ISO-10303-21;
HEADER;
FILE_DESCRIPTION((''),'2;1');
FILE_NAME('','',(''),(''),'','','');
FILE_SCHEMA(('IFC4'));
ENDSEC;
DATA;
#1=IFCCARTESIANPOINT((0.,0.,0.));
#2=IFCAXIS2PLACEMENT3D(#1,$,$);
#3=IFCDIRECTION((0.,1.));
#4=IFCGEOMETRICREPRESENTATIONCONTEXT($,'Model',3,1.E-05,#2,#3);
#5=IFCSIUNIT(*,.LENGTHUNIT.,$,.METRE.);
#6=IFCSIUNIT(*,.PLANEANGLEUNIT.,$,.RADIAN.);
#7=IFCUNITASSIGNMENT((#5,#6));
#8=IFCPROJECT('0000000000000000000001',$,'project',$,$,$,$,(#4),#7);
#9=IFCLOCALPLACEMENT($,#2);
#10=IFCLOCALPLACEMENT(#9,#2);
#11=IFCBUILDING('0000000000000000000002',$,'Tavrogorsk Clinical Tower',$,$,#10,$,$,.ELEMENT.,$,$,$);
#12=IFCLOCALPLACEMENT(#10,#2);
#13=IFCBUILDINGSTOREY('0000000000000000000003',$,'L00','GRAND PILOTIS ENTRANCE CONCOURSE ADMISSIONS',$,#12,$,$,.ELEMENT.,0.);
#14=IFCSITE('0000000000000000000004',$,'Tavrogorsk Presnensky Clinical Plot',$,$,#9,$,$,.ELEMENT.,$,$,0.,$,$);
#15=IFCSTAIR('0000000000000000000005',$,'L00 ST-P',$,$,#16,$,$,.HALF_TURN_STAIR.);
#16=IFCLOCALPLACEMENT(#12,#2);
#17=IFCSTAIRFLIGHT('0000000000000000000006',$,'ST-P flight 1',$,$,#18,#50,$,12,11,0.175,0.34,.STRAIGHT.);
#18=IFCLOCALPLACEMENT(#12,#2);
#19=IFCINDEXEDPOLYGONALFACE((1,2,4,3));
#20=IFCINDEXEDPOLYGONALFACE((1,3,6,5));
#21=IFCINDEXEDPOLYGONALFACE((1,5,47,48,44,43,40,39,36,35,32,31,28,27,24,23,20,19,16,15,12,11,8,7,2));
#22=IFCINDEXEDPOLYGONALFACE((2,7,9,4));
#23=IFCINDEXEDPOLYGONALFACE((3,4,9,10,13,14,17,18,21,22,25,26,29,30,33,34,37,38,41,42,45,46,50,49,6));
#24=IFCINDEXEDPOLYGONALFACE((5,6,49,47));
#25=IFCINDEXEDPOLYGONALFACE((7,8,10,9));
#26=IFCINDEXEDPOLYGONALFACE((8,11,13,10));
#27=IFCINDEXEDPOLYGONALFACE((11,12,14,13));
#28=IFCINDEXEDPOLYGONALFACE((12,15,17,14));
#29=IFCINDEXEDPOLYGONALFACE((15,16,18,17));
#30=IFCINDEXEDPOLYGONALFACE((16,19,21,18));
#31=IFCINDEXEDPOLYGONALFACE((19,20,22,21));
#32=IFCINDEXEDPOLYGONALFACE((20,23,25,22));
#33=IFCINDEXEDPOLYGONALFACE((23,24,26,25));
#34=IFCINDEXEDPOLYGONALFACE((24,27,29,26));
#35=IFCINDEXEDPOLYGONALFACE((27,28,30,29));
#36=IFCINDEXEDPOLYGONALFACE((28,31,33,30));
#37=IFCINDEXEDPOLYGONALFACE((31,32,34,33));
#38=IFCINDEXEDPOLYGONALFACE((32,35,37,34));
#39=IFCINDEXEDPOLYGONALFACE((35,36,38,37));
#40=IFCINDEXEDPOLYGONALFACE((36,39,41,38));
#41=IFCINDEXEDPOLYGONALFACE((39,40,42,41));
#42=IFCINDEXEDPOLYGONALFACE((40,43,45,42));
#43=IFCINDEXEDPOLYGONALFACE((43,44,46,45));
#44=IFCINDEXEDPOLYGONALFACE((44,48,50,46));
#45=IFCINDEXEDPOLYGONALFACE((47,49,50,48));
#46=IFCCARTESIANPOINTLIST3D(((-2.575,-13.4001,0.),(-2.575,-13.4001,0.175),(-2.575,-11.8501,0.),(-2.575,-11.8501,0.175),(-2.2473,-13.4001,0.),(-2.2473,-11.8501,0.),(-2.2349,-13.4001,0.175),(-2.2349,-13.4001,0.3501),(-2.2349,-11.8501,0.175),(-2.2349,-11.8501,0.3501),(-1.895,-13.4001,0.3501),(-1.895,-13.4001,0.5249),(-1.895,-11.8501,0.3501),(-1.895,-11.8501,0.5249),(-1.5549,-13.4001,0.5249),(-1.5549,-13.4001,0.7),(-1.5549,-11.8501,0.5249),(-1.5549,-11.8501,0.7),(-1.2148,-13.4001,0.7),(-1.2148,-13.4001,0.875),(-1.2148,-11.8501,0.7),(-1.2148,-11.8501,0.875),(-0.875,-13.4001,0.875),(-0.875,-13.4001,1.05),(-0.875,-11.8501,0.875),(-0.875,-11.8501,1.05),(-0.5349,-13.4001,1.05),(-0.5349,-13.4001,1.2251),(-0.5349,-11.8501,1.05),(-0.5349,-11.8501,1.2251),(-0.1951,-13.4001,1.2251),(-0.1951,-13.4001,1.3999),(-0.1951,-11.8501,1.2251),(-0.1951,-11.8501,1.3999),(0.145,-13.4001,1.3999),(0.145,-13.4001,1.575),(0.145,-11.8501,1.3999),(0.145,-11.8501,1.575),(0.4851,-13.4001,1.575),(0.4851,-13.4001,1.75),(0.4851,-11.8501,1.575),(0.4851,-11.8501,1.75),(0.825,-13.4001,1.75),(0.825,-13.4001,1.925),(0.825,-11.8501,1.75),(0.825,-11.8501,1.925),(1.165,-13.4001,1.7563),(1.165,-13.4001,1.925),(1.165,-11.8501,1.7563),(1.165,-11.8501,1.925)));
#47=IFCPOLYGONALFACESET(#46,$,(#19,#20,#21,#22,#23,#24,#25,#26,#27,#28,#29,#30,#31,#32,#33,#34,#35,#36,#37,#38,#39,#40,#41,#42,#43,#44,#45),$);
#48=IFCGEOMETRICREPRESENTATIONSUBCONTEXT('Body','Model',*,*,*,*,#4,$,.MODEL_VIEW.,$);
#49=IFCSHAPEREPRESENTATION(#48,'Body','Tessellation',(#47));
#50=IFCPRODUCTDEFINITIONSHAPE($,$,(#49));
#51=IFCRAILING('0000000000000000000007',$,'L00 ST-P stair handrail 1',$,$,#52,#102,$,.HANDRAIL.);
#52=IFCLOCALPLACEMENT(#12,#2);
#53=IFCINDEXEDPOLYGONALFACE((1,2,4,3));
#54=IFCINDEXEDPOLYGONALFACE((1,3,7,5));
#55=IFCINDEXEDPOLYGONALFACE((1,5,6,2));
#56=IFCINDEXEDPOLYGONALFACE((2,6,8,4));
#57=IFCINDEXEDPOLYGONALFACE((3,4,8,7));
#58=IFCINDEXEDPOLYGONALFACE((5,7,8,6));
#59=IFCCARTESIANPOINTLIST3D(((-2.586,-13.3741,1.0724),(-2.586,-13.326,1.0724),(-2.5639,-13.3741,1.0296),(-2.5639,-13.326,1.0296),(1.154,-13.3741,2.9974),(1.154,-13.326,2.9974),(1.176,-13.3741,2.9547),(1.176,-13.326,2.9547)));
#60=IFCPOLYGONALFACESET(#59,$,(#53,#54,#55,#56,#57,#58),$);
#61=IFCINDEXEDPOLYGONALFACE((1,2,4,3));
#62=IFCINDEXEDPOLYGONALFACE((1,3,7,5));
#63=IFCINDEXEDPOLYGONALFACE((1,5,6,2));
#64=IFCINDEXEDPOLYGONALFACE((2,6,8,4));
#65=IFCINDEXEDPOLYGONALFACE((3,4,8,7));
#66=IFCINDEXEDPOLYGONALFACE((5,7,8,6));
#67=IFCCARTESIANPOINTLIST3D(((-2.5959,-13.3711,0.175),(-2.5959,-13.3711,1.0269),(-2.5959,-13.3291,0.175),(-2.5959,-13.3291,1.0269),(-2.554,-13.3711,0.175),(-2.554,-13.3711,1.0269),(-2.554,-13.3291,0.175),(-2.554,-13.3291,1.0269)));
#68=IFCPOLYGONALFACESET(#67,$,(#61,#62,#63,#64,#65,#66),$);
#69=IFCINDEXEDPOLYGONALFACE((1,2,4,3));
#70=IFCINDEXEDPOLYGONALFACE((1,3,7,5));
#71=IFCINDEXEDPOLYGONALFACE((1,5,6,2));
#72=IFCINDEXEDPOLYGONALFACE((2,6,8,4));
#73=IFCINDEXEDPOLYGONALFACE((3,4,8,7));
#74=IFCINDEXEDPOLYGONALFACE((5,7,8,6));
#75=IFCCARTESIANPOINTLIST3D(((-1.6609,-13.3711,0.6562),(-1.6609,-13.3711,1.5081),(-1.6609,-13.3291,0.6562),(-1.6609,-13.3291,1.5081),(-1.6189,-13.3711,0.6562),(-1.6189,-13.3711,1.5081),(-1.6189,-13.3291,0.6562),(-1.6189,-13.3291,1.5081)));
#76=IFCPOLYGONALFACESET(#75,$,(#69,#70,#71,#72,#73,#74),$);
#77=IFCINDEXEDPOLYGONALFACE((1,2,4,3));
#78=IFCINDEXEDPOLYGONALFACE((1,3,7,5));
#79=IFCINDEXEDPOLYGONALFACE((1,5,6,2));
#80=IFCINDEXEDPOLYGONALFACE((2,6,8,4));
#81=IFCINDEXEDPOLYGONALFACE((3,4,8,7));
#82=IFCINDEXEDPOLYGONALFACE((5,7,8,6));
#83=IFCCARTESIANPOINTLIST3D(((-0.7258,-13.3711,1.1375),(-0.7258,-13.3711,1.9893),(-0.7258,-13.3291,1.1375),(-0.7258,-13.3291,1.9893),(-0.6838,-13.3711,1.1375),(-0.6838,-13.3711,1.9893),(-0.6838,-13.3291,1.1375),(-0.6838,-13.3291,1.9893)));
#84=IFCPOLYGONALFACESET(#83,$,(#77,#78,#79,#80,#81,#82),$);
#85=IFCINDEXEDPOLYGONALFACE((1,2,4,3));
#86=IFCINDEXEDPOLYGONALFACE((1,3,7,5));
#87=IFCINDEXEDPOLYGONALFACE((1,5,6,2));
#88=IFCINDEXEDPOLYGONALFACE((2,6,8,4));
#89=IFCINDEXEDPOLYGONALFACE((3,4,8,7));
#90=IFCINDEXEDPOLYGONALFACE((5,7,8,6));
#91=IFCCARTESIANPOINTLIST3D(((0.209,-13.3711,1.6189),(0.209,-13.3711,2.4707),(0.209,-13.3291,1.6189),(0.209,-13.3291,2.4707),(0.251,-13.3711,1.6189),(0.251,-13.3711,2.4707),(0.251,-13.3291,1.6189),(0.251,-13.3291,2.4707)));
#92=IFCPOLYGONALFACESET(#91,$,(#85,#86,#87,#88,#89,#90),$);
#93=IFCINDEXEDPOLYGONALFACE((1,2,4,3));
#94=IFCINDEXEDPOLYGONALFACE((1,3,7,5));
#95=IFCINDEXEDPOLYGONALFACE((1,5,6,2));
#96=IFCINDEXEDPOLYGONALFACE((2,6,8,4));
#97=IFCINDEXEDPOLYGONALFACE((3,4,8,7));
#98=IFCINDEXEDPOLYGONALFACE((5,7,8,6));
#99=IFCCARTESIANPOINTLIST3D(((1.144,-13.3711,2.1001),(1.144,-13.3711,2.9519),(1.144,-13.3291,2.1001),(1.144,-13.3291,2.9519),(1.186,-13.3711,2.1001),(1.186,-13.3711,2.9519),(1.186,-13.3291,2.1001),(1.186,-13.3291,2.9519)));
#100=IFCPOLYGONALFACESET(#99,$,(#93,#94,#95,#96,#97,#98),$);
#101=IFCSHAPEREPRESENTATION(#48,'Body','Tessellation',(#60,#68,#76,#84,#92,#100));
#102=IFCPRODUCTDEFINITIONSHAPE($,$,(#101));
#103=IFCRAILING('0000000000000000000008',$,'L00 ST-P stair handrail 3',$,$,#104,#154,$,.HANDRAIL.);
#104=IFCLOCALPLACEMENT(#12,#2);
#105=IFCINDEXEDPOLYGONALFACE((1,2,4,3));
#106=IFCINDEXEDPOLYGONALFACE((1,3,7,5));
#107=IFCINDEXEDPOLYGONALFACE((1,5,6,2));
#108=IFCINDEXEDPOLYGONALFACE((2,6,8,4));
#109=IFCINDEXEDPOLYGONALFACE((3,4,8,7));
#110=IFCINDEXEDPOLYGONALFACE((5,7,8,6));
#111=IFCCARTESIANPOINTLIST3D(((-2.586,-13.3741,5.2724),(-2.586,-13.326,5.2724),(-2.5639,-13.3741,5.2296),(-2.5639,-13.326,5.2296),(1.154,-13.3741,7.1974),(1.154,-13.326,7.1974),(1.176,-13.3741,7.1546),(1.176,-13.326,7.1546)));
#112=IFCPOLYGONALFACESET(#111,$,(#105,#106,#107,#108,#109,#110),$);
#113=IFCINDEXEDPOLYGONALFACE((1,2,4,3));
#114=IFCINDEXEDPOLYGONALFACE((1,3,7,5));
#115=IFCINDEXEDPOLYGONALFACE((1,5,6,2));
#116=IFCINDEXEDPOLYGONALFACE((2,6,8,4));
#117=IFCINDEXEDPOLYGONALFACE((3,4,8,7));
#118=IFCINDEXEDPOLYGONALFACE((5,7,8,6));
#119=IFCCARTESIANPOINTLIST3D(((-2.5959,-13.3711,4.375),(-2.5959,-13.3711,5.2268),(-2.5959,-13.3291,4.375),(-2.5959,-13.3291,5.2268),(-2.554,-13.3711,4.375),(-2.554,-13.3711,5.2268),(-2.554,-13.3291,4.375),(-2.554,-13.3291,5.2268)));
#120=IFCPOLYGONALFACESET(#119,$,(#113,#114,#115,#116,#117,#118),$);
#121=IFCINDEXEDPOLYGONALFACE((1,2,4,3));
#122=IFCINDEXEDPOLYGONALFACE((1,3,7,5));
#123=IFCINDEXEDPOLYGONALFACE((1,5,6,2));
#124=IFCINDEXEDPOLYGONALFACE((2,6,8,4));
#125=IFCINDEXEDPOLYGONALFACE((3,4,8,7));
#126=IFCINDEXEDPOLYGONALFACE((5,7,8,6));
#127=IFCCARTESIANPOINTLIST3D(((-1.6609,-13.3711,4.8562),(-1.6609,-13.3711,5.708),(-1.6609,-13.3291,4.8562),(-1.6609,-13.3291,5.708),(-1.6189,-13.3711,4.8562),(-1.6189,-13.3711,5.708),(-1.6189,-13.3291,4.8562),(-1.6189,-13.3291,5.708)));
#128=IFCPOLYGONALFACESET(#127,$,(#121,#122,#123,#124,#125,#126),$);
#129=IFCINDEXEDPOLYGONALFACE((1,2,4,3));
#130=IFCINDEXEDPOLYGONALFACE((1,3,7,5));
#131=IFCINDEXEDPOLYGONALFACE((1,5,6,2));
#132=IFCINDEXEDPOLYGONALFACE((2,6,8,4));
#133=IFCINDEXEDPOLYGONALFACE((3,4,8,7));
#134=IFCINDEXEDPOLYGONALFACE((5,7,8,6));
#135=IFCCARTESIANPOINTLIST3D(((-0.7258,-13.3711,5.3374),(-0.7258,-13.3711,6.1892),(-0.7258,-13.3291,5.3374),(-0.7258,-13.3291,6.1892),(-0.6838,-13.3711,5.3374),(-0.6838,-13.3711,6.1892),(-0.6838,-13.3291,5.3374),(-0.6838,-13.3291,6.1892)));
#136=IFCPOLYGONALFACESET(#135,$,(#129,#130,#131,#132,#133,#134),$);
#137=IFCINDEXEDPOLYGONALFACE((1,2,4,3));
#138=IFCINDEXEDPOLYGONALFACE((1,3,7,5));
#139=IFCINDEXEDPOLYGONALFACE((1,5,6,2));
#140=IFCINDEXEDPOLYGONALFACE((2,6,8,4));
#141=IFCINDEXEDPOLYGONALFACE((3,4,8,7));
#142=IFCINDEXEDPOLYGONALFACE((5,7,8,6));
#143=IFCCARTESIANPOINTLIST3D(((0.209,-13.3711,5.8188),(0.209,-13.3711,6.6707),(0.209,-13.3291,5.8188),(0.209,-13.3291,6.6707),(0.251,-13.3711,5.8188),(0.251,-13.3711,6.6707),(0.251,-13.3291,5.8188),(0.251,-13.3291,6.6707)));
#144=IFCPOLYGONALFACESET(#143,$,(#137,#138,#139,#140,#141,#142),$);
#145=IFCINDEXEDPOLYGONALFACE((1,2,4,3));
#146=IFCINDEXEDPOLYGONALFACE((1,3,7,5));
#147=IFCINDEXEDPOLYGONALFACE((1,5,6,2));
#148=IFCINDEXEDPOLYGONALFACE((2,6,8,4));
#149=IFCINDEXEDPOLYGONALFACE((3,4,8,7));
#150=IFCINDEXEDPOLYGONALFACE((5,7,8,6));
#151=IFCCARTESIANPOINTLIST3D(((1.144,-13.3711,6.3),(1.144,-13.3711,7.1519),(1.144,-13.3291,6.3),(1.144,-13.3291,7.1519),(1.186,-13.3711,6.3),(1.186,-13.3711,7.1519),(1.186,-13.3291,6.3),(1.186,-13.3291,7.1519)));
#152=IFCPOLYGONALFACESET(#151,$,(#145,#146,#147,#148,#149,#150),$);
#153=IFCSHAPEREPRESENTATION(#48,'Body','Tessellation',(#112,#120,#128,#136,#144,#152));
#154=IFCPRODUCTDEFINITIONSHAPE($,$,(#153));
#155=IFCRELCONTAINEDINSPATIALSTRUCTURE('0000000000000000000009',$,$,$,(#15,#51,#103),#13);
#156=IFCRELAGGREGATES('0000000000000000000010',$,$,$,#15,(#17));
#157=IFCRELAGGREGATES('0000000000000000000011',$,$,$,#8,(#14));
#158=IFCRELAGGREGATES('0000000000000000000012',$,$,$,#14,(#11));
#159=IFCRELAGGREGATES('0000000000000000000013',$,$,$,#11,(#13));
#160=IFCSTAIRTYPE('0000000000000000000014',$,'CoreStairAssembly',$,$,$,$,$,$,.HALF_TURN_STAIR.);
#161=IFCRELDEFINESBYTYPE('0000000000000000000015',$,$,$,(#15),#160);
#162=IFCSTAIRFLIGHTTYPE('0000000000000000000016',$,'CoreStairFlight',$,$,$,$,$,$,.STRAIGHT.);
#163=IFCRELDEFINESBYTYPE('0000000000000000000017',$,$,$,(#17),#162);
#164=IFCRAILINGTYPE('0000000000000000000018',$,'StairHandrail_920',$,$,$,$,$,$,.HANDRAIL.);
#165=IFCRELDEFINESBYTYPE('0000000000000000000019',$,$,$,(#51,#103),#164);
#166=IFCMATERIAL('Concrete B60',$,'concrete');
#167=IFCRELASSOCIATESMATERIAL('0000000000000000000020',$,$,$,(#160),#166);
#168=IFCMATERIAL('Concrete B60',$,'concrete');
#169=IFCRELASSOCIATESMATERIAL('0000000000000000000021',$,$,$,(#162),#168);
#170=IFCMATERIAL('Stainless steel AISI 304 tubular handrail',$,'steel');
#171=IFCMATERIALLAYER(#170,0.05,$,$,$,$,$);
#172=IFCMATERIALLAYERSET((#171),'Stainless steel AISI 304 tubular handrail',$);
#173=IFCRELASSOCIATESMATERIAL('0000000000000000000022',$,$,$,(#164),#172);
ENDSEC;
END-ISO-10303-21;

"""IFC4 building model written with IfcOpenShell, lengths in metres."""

from ifc_helpers import new_model, si_unit, direction, frame, origin, origin_2d, place, context, subcontext, project, spatial, polyline, rectangle, outline, extrude, material, layer, layer_set, type_object, element, aggregate, save


model = new_model("IFC4")

# Units and contexts
model_context = context("Model", 3, precision=1e-05, world=origin(), true_north=direction((0.0, 1.0)))
body_context = subcontext(model_context, "Body", "Model", "MODEL_VIEW")
ifc_project = project(units=[si_unit("LENGTHUNIT", "METRE"), si_unit("PLANEANGLEUNIT", "RADIAN")], contexts=[model_context])

# Site, building, storey
site_placement = place(None, origin())
site = spatial("IfcSite", under=ifc_project, at=site_placement, Name="Tavrogorsk Presnensky Clinical Plot", CompositionType="ELEMENT", RefElevation=0.0)
building_placement = place(site_placement, origin())
building = spatial("IfcBuilding", under=site, at=building_placement, Name="Tavrogorsk Clinical Tower", CompositionType="ELEMENT")
storey_placement = place(building_placement, origin())
storey = spatial("IfcBuildingStorey", under=building, at=storey_placement, Name="L00", Description="GRAND PILOTIS ENTRANCE CONCOURSE ADMISSIONS", CompositionType="ELEMENT", Elevation=0.0)

# Stair, stair flight
ifc_material_1 = material(Name="Concrete B60", Category="concrete")
stair_type = type_object("IfcStairType", Name="CoreStairAssembly", PredefinedType="HALF_TURN_STAIR", material=ifc_material_1)
stair_placement = place(storey_placement, origin())
stair = element("IfcStair", 1, at=stair_placement, inside=storey, type_object=stair_type, Name="L00 ST-P", PredefinedType="HALF_TURN_STAIR")
ifc_material_2 = material(Name="Concrete B60", Category="concrete")
stair_flight_type = type_object("IfcStairFlightType", Name="CoreStairFlight", PredefinedType="STRAIGHT", material=ifc_material_2)
stair_flight_placement = place(storey_placement, frame((-2.575, -12.625, 0.0), z_axis=(0.0, 0.0, 1.0), x_axis=(1.0, 0.0, 0.0)))
stair_flight = element("IfcStairFlight", 2, at=stair_flight_placement, type_object=stair_flight_type, Name="ST-P flight 1", NumberOfRisers=12, NumberOfTreads=11, PredefinedType="STRAIGHT", RiserHeight=0.175, TreadLength=0.34, context=body_context, shape_type="SweptSolid", body=[
    extrude(outline(polyline([(0.0, 0.0), (0.0, 0.175), (0.3401, 0.175), (0.3401, 0.3501), (0.6799, 0.3501), (0.6799, 0.5249), (1.02, 0.5249), (1.02, 0.7), (1.3601, 0.7), (1.3601, 0.875), (1.7, 0.875), (1.7, 1.05), (2.04, 1.05), (2.04, 1.2251), (2.3799, 1.2251), (2.3799, 1.3999), (2.72, 1.3999), (2.72, 1.575), (3.0601, 1.575), (3.0601, 1.75), (3.3999, 1.75), (3.3999, 1.925), (3.74, 1.925), (3.74, 2.1001), (3.74, 1.7563), (0.3276, 0.0), (0.0, 0.0)])), frame((0.0, 0.7749, 0.0), z_axis=(0.0, -1.0, 0.0), x_axis=(1.0, 0.0, 0.0)), (0.0, 0.0, 1.0), 1.55),
])
aggregate(stair, [stair_flight])

# Railings
ifc_material_3 = material(Name="Stainless steel AISI 304 tubular handrail", Category="steel")
ifc_layer_1 = layer(ifc_material_3, 0.05)
ifc_layer_set_1 = layer_set([ifc_layer_1], Name="Stainless steel AISI 304 tubular handrail")
railing_type = type_object("IfcRailingType", Name="StairHandrail_920", PredefinedType="HANDRAIL", material=ifc_layer_set_1)
for number, where, name in (
    (3, (-2.575, -13.3501, 0.175), "L00 ST-P stair handrail 1"),
    (4, (-2.575, -13.3501, 4.375), "L00 ST-P stair handrail 3"),
):
    element("IfcRailing", number, at=place(storey_placement, frame(where)), inside=storey, type_object=railing_type, Name=name, PredefinedType="HANDRAIL", context=body_context, shape_type="SweptSolid", body=[
        extrude(rectangle(XDim=0.0481, YDim=0.0481, at=origin_2d()), frame((0.0, 0.0, 0.876), z_axis=(0.889131, 0.0, 0.457654), x_axis=(0.0, 1.0, 0.0)), (0.0, 0.0, 1.0), 4.2063),
        extrude(rectangle(XDim=0.042, YDim=0.042, at=origin_2d()), origin(), (0.0, 0.0, 1.0), 0.8518),
        extrude(rectangle(XDim=0.042, YDim=0.042, at=origin_2d()), frame((0.9351, 0.0, 0.4812)), (0.0, 0.0, 1.0), 0.8518),
        extrude(rectangle(XDim=0.042, YDim=0.042, at=origin_2d()), frame((1.8701, 0.0, 0.9624)), (0.0, 0.0, 1.0), 0.8518),
        extrude(rectangle(XDim=0.042, YDim=0.042, at=origin_2d()), frame((2.8049, 0.0, 1.4438)), (0.0, 0.0, 1.0), 0.8518),
        extrude(rectangle(XDim=0.042, YDim=0.042, at=origin_2d()), frame((3.74, 0.0, 1.925)), (0.0, 0.0, 1.0), 0.8518),
    ])

save(model, "model.ifc")
